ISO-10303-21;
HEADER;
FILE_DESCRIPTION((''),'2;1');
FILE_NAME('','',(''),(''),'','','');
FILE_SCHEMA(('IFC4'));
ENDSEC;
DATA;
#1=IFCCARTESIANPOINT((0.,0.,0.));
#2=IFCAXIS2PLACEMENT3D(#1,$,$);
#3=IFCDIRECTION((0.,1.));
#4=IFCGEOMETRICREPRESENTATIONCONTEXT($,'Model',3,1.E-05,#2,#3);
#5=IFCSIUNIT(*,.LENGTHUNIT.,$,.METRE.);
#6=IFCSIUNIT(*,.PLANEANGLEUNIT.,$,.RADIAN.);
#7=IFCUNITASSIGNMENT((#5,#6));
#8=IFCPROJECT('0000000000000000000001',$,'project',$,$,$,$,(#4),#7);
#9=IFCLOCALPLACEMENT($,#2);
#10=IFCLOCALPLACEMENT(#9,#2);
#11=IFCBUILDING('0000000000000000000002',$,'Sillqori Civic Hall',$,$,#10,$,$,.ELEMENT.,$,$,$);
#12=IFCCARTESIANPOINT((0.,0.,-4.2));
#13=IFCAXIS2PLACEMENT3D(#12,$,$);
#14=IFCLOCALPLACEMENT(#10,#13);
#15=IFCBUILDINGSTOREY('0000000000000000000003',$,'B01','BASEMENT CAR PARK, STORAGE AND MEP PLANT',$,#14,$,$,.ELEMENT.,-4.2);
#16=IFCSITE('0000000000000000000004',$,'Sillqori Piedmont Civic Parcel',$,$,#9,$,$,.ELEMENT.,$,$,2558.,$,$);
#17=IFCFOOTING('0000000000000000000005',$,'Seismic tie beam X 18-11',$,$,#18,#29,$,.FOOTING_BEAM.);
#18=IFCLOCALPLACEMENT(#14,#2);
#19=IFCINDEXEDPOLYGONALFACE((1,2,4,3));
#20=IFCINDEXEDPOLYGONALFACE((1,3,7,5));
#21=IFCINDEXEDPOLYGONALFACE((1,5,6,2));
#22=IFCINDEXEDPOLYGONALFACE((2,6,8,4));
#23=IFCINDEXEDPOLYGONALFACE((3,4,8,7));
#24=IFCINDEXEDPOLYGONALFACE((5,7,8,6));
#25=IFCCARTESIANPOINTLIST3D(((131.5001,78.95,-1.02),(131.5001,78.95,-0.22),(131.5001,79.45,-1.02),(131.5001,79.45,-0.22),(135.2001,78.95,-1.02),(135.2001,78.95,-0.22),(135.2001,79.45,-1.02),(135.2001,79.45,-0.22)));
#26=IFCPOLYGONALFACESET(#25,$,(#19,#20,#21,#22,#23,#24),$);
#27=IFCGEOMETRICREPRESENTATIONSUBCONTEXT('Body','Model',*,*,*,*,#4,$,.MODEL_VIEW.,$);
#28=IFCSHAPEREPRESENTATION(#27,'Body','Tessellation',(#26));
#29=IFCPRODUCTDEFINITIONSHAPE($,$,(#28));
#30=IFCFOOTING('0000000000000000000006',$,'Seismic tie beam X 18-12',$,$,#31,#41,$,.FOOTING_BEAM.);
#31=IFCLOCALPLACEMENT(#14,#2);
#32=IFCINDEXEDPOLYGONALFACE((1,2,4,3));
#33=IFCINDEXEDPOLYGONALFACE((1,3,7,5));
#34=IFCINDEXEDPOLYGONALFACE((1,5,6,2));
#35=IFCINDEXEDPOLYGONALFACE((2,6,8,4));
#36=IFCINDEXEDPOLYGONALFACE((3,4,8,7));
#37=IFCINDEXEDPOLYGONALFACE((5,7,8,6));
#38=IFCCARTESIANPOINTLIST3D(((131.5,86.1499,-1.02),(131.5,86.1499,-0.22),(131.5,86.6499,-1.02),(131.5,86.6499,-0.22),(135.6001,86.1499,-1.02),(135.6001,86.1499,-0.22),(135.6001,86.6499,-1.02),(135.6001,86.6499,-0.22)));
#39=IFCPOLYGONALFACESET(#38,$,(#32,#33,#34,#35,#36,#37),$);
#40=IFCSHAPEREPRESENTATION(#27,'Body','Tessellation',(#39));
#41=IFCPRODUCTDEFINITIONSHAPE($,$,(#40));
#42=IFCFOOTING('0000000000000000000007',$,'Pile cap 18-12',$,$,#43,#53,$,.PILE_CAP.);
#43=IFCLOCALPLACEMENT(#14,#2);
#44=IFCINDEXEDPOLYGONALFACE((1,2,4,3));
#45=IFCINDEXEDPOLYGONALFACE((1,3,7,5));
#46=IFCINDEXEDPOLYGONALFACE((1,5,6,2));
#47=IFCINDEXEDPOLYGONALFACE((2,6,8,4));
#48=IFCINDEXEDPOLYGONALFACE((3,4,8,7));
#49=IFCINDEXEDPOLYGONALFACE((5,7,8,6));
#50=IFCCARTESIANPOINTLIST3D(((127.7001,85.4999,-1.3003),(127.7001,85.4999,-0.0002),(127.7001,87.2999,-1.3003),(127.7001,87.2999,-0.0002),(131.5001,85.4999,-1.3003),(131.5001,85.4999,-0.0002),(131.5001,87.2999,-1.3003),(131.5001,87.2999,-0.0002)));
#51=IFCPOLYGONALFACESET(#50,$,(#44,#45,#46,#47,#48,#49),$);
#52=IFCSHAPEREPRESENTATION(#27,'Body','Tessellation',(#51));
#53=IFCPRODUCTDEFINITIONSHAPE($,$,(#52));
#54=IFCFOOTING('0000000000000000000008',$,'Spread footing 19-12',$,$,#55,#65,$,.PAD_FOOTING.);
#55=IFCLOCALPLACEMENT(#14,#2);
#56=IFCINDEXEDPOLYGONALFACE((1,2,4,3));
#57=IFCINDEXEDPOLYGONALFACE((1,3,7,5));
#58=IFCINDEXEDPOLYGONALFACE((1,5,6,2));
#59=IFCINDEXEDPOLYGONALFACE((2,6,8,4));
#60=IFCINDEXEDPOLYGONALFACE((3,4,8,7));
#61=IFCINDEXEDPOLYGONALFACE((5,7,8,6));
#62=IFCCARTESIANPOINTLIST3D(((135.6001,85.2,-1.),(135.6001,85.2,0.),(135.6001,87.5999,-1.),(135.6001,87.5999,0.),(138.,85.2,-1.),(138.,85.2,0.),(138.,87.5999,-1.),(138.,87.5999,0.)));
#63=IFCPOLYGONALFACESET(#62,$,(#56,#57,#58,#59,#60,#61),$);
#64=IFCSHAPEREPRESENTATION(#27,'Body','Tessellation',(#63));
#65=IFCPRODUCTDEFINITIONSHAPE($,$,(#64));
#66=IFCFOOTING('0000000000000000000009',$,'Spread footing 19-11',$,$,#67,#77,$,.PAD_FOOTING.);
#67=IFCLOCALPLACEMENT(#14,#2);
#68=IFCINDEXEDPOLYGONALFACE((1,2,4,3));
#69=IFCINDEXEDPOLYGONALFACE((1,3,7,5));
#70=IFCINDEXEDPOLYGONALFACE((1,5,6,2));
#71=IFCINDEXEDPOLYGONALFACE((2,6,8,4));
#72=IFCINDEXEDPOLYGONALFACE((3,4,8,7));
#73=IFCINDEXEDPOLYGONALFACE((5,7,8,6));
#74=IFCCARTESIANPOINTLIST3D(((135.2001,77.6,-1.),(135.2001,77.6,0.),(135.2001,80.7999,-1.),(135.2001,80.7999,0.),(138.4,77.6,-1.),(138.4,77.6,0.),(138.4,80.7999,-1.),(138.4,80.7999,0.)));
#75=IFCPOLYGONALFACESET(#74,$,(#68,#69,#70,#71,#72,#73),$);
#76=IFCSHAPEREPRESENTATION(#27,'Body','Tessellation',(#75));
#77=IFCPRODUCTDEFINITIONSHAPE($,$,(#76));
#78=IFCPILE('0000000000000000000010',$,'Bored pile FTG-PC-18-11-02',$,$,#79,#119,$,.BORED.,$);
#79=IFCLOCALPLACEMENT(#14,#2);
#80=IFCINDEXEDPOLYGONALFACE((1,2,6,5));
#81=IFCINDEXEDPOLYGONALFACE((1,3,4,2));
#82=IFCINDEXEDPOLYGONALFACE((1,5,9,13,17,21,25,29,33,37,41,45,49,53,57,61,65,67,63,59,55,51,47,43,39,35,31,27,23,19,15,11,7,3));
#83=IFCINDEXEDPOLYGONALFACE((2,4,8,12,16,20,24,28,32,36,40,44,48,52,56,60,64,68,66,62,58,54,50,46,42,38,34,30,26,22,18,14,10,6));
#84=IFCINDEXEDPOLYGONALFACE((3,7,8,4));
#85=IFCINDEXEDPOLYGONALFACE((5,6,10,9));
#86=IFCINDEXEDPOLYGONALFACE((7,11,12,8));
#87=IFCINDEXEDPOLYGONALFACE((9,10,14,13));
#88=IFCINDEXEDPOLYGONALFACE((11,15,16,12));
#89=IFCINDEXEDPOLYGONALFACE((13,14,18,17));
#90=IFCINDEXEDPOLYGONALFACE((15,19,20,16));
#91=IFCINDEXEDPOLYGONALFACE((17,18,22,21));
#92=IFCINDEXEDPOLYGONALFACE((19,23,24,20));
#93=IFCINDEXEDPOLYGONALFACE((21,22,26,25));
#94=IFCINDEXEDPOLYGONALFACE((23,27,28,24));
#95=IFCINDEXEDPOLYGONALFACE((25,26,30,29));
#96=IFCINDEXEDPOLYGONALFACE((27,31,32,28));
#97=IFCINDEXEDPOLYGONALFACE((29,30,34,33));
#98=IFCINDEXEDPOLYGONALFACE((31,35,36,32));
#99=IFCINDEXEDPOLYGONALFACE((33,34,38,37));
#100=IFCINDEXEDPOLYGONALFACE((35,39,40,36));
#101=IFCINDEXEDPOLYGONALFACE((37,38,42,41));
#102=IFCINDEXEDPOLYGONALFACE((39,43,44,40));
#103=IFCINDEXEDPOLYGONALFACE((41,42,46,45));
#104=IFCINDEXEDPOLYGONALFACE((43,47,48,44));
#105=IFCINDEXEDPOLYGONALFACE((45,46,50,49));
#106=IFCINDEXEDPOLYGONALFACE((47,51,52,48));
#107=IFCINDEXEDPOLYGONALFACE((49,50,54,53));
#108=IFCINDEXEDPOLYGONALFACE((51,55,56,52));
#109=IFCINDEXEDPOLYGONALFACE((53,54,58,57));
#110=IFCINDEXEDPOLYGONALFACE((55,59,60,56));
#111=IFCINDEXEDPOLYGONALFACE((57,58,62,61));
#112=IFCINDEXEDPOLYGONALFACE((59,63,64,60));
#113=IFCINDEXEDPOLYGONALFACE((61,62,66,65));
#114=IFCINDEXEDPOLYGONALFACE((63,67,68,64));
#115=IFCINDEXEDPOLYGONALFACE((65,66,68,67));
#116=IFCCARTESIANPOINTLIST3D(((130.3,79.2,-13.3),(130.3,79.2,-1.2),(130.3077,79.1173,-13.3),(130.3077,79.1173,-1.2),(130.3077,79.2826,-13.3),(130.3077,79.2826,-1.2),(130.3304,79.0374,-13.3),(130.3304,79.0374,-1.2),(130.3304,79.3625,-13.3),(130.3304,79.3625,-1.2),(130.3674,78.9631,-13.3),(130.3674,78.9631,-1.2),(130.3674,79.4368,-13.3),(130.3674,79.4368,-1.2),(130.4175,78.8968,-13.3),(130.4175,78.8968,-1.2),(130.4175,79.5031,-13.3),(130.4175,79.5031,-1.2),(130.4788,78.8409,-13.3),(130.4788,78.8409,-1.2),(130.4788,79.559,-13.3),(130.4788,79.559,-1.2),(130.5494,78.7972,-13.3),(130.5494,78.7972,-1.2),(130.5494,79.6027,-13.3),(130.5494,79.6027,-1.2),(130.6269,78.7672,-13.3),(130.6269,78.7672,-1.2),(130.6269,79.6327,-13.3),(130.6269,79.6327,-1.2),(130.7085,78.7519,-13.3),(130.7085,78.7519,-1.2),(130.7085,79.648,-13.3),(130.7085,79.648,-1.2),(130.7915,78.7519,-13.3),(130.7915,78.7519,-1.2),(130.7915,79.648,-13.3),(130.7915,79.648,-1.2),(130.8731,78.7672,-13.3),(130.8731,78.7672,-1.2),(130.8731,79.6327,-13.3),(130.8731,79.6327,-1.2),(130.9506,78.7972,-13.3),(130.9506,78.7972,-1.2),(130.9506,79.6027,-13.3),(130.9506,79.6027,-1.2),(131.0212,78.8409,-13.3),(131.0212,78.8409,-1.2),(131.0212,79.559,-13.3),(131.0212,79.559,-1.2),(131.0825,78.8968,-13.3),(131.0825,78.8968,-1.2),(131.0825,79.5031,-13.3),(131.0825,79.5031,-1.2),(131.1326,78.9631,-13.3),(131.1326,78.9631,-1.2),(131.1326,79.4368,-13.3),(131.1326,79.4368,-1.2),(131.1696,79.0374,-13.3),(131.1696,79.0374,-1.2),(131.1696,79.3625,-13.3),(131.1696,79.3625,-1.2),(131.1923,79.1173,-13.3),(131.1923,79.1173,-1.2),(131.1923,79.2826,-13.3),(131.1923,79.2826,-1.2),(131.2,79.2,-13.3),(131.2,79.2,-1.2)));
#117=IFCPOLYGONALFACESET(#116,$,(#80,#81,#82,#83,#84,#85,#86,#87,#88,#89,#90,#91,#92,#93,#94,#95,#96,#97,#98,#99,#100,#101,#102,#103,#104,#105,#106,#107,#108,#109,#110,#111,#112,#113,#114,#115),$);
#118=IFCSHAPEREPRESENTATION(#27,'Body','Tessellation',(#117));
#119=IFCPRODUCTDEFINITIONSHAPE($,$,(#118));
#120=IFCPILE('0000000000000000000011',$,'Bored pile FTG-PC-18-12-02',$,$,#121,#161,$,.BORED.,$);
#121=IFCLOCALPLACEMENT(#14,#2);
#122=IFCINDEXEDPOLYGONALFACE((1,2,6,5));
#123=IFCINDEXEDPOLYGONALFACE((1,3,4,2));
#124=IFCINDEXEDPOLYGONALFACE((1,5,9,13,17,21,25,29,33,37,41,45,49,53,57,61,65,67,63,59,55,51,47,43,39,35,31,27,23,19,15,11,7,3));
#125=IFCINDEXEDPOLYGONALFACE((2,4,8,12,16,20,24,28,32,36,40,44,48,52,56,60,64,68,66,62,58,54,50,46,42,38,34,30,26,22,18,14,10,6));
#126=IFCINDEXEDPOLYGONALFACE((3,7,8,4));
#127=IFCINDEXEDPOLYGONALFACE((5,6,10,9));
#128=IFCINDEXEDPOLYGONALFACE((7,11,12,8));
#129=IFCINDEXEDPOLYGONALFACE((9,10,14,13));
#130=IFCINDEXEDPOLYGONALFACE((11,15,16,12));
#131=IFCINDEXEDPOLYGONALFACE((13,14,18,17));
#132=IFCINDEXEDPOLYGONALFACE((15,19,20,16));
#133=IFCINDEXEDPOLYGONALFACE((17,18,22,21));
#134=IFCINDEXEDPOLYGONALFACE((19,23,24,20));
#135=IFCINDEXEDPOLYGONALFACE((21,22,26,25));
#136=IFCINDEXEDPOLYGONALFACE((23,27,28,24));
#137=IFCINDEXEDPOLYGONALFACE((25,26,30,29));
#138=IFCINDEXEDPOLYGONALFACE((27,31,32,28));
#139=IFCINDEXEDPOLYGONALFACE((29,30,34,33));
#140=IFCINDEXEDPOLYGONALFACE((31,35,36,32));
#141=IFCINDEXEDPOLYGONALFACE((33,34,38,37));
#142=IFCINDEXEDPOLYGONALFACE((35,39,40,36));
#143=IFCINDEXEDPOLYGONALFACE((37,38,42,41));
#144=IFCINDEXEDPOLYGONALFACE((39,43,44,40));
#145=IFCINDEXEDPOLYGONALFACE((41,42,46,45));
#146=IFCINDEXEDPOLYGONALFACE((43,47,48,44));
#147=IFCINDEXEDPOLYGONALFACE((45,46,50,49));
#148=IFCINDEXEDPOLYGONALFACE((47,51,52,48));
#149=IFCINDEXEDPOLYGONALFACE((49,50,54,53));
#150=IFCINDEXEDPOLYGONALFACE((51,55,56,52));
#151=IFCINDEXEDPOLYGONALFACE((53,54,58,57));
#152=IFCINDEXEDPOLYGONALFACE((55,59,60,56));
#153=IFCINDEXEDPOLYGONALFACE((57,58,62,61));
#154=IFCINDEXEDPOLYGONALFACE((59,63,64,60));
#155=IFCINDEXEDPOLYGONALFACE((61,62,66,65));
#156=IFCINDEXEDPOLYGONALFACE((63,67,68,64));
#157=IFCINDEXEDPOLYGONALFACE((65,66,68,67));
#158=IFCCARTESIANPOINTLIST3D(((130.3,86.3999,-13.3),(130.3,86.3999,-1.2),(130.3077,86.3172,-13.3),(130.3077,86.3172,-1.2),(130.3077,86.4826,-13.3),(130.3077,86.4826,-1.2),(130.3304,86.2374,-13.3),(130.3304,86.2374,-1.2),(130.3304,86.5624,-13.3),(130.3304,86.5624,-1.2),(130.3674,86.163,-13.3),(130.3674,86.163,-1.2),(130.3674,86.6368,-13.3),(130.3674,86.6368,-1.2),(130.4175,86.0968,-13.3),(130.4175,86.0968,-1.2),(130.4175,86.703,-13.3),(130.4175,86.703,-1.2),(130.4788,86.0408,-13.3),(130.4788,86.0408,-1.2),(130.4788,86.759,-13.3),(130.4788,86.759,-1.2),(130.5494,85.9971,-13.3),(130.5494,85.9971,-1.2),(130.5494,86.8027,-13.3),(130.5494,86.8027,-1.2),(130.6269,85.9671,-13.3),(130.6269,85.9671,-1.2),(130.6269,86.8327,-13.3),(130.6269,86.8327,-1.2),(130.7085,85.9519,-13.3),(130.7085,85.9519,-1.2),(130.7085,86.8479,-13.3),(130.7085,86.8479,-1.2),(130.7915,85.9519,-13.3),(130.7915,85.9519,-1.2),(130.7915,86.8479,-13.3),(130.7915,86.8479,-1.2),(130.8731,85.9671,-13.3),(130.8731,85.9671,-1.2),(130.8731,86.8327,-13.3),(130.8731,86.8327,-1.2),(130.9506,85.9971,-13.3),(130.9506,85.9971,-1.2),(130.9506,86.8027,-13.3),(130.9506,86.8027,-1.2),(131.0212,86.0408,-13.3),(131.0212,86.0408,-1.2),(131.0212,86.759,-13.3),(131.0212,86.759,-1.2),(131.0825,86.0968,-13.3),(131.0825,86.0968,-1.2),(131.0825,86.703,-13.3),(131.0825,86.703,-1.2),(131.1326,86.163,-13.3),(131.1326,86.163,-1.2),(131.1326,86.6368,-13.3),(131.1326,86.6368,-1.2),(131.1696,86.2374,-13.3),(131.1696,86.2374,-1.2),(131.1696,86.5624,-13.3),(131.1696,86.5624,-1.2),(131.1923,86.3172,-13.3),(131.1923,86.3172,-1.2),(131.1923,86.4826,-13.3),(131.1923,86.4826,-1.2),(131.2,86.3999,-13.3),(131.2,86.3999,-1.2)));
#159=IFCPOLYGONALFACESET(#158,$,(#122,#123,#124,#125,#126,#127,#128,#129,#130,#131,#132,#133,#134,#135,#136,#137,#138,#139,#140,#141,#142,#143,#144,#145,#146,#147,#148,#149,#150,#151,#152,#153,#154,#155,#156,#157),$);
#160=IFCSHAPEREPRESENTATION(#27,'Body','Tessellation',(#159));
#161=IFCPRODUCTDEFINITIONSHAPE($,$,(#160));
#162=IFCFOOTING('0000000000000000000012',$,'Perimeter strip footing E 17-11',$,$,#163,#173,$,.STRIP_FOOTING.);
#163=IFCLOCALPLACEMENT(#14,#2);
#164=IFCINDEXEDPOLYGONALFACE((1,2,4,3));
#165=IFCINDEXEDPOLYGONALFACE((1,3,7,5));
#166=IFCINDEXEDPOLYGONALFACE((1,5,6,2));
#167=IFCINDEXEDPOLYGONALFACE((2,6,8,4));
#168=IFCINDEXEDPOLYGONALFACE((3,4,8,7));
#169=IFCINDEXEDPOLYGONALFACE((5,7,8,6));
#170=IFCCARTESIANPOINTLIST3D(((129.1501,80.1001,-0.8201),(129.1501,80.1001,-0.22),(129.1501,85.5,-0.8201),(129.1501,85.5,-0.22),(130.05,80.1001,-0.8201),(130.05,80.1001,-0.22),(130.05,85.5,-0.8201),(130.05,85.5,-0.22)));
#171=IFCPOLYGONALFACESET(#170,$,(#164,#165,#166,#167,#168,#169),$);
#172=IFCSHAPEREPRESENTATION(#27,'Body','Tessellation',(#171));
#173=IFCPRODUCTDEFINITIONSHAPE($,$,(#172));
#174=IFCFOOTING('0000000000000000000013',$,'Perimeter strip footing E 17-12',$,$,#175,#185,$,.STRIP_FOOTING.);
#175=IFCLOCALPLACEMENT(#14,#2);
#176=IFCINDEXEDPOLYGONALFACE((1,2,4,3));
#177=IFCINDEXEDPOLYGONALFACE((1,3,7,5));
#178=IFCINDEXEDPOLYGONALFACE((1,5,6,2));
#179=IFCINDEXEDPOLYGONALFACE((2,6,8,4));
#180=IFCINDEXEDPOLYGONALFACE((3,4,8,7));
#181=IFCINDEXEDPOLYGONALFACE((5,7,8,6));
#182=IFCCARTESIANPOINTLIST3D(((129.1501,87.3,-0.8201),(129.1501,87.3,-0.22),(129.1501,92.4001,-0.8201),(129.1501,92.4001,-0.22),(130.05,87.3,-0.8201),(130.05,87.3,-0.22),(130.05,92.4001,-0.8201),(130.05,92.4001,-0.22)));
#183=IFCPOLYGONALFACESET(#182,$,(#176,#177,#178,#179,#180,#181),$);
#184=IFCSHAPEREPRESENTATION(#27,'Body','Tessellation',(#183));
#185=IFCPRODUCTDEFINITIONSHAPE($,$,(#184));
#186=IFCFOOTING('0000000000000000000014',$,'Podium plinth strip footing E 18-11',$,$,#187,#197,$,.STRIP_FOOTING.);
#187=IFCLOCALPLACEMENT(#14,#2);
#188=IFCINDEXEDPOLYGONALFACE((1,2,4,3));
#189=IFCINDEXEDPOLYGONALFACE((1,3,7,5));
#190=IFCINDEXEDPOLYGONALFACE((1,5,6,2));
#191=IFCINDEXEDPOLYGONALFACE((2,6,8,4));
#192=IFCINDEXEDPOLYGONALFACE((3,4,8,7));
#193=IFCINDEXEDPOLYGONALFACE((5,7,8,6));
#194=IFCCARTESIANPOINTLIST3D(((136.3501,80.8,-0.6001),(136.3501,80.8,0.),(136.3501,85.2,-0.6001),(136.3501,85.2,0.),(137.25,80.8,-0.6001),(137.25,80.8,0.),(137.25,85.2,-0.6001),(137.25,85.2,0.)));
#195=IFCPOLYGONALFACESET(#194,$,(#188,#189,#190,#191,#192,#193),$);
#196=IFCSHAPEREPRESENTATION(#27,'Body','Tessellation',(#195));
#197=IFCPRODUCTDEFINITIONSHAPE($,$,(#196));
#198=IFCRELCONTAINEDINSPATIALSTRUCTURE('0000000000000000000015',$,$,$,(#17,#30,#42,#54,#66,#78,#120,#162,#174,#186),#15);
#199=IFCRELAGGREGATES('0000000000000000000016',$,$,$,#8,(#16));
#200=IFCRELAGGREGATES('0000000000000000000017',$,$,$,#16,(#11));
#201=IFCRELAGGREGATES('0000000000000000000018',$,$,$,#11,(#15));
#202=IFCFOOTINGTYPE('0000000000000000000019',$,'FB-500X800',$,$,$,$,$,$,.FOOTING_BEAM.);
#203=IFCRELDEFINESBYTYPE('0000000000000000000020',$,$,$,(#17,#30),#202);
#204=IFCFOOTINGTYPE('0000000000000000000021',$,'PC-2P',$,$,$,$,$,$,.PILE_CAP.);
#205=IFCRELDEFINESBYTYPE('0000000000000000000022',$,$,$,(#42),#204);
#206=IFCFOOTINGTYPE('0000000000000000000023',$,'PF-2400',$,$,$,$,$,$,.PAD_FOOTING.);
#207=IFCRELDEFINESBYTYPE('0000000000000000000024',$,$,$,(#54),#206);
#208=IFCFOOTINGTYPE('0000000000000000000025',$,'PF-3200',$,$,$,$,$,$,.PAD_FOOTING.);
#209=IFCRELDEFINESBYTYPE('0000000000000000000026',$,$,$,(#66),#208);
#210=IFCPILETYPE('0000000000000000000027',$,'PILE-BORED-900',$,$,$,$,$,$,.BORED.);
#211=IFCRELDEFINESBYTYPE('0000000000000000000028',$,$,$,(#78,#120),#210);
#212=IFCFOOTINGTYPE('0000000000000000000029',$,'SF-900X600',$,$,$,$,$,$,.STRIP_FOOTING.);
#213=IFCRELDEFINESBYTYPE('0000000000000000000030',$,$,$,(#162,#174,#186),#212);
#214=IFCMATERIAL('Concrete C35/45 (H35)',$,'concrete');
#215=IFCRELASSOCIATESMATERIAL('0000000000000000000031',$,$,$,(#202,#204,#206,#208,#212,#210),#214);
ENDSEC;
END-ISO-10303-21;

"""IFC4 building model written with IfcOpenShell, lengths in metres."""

from ifc_helpers import new_model, si_unit, direction, frame, origin, origin_2d, place, context, subcontext, project, spatial, rectangle, circle, extrude, material, material_profile, profile_set, type_object, element, save


model = new_model("IFC4")

# Units and contexts
model_context = context("Model", 3, precision=1e-05, world=origin(), true_north=direction((0.0, 1.0)))
body_context = subcontext(model_context, "Body", "Model", "MODEL_VIEW")
ifc_project = project(units=[si_unit("LENGTHUNIT", "METRE"), si_unit("PLANEANGLEUNIT", "RADIAN")], contexts=[model_context])

# Site, building, storey
site_placement = place(None, origin())
site = spatial("IfcSite", under=ifc_project, at=site_placement, Name="Sillqori Piedmont Civic Parcel", CompositionType="ELEMENT", RefElevation=2558.0)
building_placement = place(site_placement, origin())
building = spatial("IfcBuilding", under=site, at=building_placement, Name="Sillqori Civic Hall", CompositionType="ELEMENT")
storey_placement = place(building_placement, frame((0.0, 0.0, -4.2)))
storey = spatial("IfcBuildingStorey", under=building, at=storey_placement, Name="B01", Description="BASEMENT CAR PARK, STORAGE AND MEP PLANT", CompositionType="ELEMENT", Elevation=-4.2)

# Footings
ifc_material_1 = material(Name="Concrete C35/45 (H35)", Category="concrete")
footing_type_1 = type_object("IfcFootingType", Name="FB-500X800", PredefinedType="FOOTING_BEAM", material=ifc_material_1)
footing_1_placement = place(storey_placement, frame((133.3501, 79.2, -1.02), z_axis=(0.0, 0.0, 1.0), x_axis=(1.0, 0.0, 0.0)))
element("IfcFooting", 1, at=footing_1_placement, inside=storey, type_object=footing_type_1, Name="Seismic tie beam X 18-11", PredefinedType="FOOTING_BEAM", context=body_context, shape_type="SweptSolid", body=[
    extrude(rectangle(XDim=3.7, YDim=0.5, at=origin_2d()), origin(), (0.0, 0.0, 1.0), 0.8),
])
footing_2_placement = place(storey_placement, frame((133.55, 86.3999, -1.02), z_axis=(0.0, 0.0, 1.0), x_axis=(1.0, 0.0, 0.0)))
element("IfcFooting", 2, at=footing_2_placement, inside=storey, type_object=footing_type_1, Name="Seismic tie beam X 18-12", PredefinedType="FOOTING_BEAM", context=body_context, shape_type="SweptSolid", body=[
    extrude(rectangle(XDim=4.1001, YDim=0.5, at=origin_2d()), origin(), (0.0, 0.0, 1.0), 0.8),
])
footing_type_2 = type_object("IfcFootingType", Name="PC-2P", PredefinedType="PILE_CAP", material=ifc_material_1)
footing_3_placement = place(storey_placement, frame((129.6001, 86.3999, -1.3003), z_axis=(0.0, 0.0, 1.0), x_axis=(1.0, 0.0, 0.0)))
element("IfcFooting", 3, at=footing_3_placement, inside=storey, type_object=footing_type_2, Name="Pile cap 18-12", PredefinedType="PILE_CAP", context=body_context, shape_type="SweptSolid", body=[
    extrude(rectangle(XDim=3.8, YDim=1.8, at=origin_2d()), origin(), (0.0, 0.0, 1.0), 1.3),
])
footing_type_3 = type_object("IfcFootingType", Name="PF-2400", PredefinedType="PAD_FOOTING", material=ifc_material_1)
footing_4_placement = place(storey_placement, frame((136.8, 86.3999, -1.0), z_axis=(0.0, 0.0, 1.0), x_axis=(1.0, 0.0, 0.0)))
element("IfcFooting", 4, at=footing_4_placement, inside=storey, type_object=footing_type_3, Name="Spread footing 19-12", PredefinedType="PAD_FOOTING", context=body_context, shape_type="SweptSolid", body=[
    extrude(rectangle(XDim=2.3999, YDim=2.3999, at=origin_2d()), origin(), (0.0, 0.0, 1.0), 1.0),
])
footing_type_4 = type_object("IfcFootingType", Name="PF-3200", PredefinedType="PAD_FOOTING", material=ifc_material_1)
footing_5_placement = place(storey_placement, frame((136.8, 79.2, -1.0), z_axis=(0.0, 0.0, 1.0), x_axis=(1.0, 0.0, 0.0)))
element("IfcFooting", 5, at=footing_5_placement, inside=storey, type_object=footing_type_4, Name="Spread footing 19-11", PredefinedType="PAD_FOOTING", context=body_context, shape_type="SweptSolid", body=[
    extrude(rectangle(XDim=3.2, YDim=3.2, at=origin_2d()), origin(), (0.0, 0.0, 1.0), 1.0),
])

# Piles
ifc_material_profile_1 = material_profile(ifc_material_1, circle(Radius=0.45, at=origin_2d()), Name="BORED PILE 900")
ifc_profile_set_1 = profile_set([ifc_material_profile_1], Name="Concrete C35/45 (H35)")
pile_type = type_object("IfcPileType", Name="PILE-BORED-900", PredefinedType="BORED", material=ifc_profile_set_1)
for number, where, z_axis, x_axis, name in (
    (6, (130.75, 79.2, -1.2), (0.0, 0.0, -1.0), (1.0, 0.0, 0.0), "Bored pile FTG-PC-18-11-02"),
    (7, (130.75, 86.3999, -1.2), (0.0, 0.0, -1.0), (1.0, 0.0, 0.0), "Bored pile FTG-PC-18-12-02"),
):
    element("IfcPile", number, at=place(storey_placement, frame(where, z_axis=z_axis, x_axis=x_axis)), inside=storey, type_object=pile_type, Name=name, PredefinedType="BORED", context=body_context, shape_type="SweptSolid", body=[
        extrude(circle(Radius=0.45, at=origin_2d()), origin(), (0.0, 0.0, 1.0), 12.1001),
    ])

# Footings
footing_type_5 = type_object("IfcFootingType", Name="SF-900X600", PredefinedType="STRIP_FOOTING", material=ifc_material_1)
footing_6_placement = place(storey_placement, frame((129.6001, 82.8, -0.8201), z_axis=(0.0, 0.0, 1.0), x_axis=(1.0, 0.0, 0.0)))
element("IfcFooting", 8, at=footing_6_placement, inside=storey, type_object=footing_type_5, Name="Perimeter strip footing E 17-11", PredefinedType="STRIP_FOOTING", context=body_context, shape_type="SweptSolid", body=[
    extrude(rectangle(XDim=0.8999, YDim=5.3999, at=origin_2d()), origin(), (0.0, 0.0, 1.0), 0.6001),
])
footing_7_placement = place(storey_placement, frame((129.6001, 89.8501, -0.8201), z_axis=(0.0, 0.0, 1.0), x_axis=(1.0, 0.0, 0.0)))
element("IfcFooting", 9, at=footing_7_placement, inside=storey, type_object=footing_type_5, Name="Perimeter strip footing E 17-12", PredefinedType="STRIP_FOOTING", context=body_context, shape_type="SweptSolid", body=[
    extrude(rectangle(XDim=0.8999, YDim=5.1001, at=origin_2d()), origin(), (0.0, 0.0, 1.0), 0.6001),
])
footing_8_placement = place(storey_placement, frame((136.8, 83.0, -0.6001), z_axis=(0.0, 0.0, 1.0), x_axis=(1.0, 0.0, 0.0)))
element("IfcFooting", 10, at=footing_8_placement, inside=storey, type_object=footing_type_5, Name="Podium plinth strip footing E 18-11", PredefinedType="STRIP_FOOTING", context=body_context, shape_type="SweptSolid", body=[
    extrude(rectangle(XDim=0.8999, YDim=4.3999, at=origin_2d()), origin(), (0.0, 0.0, 1.0), 0.6001),
])

save(model, "model.ifc")
